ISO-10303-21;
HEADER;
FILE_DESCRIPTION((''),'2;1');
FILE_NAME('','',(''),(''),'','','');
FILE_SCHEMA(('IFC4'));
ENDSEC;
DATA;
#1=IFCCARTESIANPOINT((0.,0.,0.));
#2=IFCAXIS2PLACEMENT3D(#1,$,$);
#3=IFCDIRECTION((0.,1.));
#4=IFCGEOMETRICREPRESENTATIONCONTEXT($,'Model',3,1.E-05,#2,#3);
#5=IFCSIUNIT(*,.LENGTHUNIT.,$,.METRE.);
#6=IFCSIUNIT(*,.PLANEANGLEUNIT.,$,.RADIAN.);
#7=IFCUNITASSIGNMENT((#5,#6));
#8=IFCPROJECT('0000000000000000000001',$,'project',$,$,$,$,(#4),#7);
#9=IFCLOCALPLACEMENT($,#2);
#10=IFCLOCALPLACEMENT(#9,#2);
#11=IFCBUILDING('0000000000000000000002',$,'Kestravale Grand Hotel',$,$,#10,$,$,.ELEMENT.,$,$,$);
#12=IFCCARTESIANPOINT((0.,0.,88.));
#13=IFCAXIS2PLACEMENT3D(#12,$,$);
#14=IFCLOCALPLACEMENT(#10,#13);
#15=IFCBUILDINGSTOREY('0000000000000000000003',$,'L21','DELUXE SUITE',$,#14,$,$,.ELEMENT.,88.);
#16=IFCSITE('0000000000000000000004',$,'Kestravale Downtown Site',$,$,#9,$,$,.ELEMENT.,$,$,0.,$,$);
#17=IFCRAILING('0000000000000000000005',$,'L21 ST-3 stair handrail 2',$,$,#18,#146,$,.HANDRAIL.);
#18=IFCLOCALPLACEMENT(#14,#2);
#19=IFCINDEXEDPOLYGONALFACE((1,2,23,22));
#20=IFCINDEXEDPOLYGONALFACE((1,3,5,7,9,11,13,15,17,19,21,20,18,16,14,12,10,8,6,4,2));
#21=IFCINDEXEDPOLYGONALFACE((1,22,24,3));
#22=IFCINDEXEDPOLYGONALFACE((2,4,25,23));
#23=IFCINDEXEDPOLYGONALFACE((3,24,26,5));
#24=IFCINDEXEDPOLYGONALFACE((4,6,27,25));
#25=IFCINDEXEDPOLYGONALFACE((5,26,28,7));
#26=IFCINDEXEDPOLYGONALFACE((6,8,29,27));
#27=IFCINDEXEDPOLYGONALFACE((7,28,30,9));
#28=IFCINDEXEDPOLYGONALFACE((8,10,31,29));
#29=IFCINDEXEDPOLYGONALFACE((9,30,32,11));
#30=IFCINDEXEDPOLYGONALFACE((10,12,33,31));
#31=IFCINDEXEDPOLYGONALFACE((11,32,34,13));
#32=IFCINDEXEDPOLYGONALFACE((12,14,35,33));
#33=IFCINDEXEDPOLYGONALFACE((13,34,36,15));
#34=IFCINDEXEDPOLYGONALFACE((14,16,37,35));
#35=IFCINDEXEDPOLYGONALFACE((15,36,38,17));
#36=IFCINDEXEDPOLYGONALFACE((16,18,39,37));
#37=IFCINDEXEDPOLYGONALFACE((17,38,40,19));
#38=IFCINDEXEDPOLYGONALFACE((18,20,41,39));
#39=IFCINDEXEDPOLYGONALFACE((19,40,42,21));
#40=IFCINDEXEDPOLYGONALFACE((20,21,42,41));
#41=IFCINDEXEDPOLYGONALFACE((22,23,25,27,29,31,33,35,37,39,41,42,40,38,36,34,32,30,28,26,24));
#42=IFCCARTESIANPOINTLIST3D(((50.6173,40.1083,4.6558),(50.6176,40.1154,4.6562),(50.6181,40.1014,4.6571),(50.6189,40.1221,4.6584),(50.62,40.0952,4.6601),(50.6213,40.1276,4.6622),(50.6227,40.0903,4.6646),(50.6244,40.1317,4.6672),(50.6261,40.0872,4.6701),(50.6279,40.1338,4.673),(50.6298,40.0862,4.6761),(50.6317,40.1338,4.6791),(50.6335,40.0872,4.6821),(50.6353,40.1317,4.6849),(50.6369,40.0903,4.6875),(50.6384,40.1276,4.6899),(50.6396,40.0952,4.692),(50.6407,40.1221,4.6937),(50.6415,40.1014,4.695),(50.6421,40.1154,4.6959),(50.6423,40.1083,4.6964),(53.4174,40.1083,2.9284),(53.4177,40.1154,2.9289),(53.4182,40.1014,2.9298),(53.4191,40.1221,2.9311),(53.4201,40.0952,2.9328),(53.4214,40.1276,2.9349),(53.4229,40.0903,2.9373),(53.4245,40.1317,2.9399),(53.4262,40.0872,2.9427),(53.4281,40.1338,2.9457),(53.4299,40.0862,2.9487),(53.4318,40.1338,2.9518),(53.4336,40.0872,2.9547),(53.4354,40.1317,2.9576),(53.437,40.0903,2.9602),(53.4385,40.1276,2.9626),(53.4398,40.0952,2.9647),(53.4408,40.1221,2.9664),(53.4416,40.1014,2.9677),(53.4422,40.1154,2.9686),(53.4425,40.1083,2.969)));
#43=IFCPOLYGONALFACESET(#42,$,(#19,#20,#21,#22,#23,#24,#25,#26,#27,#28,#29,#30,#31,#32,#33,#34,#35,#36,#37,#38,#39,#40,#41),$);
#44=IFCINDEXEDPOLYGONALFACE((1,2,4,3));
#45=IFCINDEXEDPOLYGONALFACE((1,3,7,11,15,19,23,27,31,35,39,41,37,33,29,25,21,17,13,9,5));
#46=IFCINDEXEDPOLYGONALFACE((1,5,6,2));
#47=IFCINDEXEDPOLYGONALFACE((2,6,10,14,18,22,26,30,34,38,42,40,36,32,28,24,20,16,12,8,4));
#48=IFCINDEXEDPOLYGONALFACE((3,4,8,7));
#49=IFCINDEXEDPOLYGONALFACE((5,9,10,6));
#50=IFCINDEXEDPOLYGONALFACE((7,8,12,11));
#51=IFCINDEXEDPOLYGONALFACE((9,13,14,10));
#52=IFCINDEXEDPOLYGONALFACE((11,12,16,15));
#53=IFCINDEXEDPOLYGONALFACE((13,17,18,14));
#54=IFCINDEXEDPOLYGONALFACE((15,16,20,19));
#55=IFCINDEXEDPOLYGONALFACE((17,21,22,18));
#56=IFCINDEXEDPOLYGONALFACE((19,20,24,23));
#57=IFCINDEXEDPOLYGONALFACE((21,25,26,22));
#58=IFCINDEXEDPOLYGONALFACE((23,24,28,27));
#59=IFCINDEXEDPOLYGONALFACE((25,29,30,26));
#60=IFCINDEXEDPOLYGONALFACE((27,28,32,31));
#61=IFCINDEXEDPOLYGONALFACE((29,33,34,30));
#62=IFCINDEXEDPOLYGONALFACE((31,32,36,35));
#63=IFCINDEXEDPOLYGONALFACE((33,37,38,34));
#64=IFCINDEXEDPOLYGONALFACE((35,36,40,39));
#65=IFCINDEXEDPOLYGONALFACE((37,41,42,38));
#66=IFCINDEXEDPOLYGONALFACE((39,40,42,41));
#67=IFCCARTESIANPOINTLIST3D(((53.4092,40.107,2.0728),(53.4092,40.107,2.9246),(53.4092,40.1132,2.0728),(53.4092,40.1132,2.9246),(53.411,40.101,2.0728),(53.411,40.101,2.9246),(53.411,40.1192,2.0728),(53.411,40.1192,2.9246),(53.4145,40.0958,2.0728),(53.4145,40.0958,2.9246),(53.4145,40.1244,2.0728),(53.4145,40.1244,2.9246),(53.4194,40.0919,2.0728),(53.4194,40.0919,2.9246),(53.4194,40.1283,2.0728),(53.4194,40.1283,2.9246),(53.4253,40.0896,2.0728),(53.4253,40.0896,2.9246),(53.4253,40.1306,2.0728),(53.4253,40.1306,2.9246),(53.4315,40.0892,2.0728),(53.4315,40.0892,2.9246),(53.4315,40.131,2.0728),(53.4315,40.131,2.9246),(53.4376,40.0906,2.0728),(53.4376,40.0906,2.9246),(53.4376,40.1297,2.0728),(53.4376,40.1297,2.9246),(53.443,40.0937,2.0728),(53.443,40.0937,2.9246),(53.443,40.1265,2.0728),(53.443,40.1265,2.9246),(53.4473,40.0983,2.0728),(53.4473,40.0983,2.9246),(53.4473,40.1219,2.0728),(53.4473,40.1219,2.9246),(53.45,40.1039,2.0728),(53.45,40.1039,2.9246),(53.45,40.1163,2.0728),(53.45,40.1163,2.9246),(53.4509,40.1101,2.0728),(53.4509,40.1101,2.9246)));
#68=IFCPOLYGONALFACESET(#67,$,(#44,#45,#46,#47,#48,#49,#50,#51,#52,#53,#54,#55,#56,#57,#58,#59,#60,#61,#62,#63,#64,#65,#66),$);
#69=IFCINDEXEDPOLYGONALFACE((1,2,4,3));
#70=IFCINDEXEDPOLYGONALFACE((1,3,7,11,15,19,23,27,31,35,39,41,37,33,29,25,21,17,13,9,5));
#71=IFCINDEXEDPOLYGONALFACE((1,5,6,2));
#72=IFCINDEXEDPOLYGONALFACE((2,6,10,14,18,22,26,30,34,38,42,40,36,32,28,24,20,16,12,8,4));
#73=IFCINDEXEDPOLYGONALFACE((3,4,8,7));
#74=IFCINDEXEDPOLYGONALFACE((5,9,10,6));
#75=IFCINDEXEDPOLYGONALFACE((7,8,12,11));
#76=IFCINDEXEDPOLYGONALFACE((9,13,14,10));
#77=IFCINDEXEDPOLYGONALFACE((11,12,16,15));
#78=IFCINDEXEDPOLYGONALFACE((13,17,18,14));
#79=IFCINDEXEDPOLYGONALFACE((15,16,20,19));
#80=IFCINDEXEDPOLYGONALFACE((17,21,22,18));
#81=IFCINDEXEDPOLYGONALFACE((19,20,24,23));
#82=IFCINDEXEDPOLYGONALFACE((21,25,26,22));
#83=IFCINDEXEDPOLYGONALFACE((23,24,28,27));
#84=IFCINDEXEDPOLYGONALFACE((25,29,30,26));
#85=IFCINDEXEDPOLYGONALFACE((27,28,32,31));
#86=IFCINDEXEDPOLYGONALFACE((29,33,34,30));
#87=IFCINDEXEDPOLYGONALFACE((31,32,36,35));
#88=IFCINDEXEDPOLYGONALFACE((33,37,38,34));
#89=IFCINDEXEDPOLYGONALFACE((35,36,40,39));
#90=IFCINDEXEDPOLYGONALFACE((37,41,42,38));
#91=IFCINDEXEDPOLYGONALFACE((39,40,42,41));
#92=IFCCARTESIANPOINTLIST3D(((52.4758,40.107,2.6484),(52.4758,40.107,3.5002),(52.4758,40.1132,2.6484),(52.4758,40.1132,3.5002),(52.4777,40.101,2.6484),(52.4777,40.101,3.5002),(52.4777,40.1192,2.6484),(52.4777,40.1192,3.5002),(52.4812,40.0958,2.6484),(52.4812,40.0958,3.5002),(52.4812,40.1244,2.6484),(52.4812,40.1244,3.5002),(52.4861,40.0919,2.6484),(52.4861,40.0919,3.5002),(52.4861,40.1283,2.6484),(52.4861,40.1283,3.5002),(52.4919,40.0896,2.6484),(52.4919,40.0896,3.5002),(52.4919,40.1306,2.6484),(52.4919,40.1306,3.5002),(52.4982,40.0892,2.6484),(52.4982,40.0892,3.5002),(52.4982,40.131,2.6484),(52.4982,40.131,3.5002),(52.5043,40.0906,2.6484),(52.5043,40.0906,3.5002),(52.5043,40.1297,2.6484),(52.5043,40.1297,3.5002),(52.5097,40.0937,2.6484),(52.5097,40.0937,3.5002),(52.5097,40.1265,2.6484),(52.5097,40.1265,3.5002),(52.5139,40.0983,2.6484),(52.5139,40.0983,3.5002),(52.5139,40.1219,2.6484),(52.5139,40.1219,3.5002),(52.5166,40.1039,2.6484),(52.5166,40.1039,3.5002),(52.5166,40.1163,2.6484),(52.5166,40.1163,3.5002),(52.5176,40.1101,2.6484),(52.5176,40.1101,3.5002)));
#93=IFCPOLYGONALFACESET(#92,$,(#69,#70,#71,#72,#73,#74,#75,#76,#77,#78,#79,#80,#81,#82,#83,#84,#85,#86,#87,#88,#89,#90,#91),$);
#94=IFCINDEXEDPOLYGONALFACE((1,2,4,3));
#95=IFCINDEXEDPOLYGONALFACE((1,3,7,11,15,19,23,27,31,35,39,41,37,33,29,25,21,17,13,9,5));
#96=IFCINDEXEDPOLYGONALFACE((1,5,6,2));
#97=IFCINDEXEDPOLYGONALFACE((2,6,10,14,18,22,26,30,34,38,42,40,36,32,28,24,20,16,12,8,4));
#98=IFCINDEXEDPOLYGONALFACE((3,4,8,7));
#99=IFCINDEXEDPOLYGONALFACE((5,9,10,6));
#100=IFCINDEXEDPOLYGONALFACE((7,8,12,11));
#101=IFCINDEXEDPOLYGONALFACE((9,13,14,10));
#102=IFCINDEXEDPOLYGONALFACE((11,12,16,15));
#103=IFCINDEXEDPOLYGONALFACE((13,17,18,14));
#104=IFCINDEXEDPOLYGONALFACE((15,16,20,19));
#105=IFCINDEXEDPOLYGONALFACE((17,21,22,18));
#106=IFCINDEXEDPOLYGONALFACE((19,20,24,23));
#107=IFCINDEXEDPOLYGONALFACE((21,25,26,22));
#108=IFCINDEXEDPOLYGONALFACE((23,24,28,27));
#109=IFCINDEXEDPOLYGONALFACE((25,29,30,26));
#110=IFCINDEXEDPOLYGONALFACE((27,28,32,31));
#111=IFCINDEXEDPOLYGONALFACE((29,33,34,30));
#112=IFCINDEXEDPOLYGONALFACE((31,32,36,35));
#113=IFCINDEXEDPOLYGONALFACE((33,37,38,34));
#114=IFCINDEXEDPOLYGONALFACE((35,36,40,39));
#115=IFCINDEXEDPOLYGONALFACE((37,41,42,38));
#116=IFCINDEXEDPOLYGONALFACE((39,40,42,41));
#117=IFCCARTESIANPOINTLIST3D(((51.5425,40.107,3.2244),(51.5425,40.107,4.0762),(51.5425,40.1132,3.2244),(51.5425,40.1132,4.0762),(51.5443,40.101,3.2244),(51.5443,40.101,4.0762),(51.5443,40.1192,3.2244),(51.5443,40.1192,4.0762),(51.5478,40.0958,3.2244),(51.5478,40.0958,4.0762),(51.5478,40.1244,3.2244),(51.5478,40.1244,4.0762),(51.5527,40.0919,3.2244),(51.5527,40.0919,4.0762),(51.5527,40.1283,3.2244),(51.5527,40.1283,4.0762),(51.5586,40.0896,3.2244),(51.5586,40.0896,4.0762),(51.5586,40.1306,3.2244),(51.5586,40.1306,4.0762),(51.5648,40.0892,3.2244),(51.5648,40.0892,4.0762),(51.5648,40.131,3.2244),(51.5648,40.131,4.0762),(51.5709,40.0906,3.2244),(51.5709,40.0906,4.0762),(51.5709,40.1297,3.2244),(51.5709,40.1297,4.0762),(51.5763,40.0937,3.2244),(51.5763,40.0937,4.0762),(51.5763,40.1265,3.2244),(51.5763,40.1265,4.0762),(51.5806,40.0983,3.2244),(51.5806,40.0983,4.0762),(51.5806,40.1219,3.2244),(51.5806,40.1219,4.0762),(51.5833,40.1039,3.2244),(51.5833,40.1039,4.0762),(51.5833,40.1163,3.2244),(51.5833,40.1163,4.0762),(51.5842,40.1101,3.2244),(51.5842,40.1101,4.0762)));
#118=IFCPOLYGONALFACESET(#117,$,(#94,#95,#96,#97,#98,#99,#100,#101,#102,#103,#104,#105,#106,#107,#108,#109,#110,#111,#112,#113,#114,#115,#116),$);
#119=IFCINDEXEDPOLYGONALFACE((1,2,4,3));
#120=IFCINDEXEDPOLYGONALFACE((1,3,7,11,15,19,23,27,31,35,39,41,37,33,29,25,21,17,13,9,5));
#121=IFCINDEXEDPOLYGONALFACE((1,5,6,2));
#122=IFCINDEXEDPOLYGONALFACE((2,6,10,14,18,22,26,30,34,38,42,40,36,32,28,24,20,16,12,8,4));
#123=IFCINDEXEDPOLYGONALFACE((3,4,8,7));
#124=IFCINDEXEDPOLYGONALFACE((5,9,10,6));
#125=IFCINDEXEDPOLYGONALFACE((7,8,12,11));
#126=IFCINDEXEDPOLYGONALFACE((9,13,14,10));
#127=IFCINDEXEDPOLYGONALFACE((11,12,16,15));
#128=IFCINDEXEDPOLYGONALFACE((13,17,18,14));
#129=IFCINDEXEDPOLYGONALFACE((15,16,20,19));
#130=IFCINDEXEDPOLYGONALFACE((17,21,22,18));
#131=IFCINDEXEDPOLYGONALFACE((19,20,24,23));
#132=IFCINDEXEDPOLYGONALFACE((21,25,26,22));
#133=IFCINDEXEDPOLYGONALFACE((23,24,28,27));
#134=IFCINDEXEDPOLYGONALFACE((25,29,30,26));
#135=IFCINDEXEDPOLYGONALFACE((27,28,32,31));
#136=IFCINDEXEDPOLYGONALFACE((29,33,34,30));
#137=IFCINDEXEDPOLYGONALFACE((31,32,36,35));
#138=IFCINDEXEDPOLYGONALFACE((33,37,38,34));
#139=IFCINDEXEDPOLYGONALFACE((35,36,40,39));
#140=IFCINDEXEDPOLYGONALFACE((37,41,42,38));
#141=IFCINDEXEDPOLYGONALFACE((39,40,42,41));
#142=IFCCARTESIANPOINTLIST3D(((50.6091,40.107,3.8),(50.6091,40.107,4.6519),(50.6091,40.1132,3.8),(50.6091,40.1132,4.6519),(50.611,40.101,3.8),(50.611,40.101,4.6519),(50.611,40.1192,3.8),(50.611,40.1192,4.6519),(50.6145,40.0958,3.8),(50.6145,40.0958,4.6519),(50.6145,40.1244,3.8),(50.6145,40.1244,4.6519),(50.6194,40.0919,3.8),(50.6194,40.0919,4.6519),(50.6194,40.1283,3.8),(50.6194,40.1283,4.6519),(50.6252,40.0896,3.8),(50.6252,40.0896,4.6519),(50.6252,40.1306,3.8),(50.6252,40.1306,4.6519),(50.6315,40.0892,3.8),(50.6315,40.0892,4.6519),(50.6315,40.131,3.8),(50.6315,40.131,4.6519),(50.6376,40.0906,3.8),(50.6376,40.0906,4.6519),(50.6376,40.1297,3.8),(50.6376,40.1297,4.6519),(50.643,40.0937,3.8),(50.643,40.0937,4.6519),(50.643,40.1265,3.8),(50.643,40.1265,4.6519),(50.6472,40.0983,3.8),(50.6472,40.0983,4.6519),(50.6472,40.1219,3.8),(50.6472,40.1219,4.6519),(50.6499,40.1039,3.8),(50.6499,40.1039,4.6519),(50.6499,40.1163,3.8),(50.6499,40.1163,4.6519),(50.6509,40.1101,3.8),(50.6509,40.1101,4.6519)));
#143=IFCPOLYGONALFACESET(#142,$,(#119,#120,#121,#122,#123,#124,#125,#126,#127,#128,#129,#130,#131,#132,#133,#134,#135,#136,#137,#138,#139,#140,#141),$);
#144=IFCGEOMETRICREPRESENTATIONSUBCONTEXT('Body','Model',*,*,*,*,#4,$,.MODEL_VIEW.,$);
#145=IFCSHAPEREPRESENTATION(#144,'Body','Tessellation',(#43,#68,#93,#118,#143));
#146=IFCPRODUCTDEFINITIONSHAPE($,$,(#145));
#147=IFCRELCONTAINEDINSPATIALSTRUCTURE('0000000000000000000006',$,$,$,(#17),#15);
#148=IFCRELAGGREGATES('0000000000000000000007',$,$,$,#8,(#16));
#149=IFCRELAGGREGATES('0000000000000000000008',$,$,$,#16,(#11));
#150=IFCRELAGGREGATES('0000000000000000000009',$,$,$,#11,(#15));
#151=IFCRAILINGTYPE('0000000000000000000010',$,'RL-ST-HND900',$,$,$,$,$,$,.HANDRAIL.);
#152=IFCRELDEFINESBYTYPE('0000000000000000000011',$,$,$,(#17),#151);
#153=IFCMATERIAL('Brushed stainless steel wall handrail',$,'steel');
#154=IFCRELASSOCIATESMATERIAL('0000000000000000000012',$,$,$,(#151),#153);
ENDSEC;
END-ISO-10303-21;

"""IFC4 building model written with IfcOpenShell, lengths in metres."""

from ifc_helpers import new_model, si_unit, direction, frame, origin, origin_2d, place, context, subcontext, project, spatial, circle, extrude, material, type_object, element, save


model = new_model("IFC4")

# Units and contexts
model_context = context("Model", 3, precision=1e-05, world=origin(), true_north=direction((0.0, 1.0)))
body_context = subcontext(model_context, "Body", "Model", "MODEL_VIEW")
ifc_project = project(units=[si_unit("LENGTHUNIT", "METRE"), si_unit("PLANEANGLEUNIT", "RADIAN")], contexts=[model_context])

# Site, building, storey
site_placement = place(None, origin())
site = spatial("IfcSite", under=ifc_project, at=site_placement, Name="Kestravale Downtown Site", CompositionType="ELEMENT", RefElevation=0.0)
building_placement = place(site_placement, origin())
building = spatial("IfcBuilding", under=site, at=building_placement, Name="Kestravale Grand Hotel", CompositionType="ELEMENT")
storey_placement = place(building_placement, frame((0.0, 0.0, 88.0)))
storey = spatial("IfcBuildingStorey", under=building, at=storey_placement, Name="L21", Description="DELUXE SUITE", CompositionType="ELEMENT", Elevation=88.0)

# Railing
ifc_material_1 = material(Name="Brushed stainless steel wall handrail", Category="steel")
railing_type_1 = type_object("IfcRailingType", Name="RL-ST-HND900", PredefinedType="HANDRAIL", material=ifc_material_1)
railing_1_placement = place(storey_placement, frame((53.4299, 40.1101, 2.0728)))
element("IfcRailing", 1, at=railing_1_placement, inside=storey, type_object=railing_type_1, Name="L21 ST-3 stair handrail 2", PredefinedType="HANDRAIL", context=body_context, shape_type="SweptSolid", body=[
    extrude(circle(Radius=0.0239, at=origin_2d()), frame((0.0, 0.0, 0.876), z_axis=(-0.85109, 0.0, 0.52502), x_axis=(0.0, -1.0, 0.0)), (0.0, 0.0, 1.0), 3.29),
    extrude(circle(Radius=0.021, at=origin_2d()), origin(), (0.0, 0.0, 1.0), 0.8518),
    extrude(circle(Radius=0.021, at=origin_2d()), frame((-0.9333, 0.0, 0.5757)), (0.0, 0.0, 1.0), 0.8518),
    extrude(circle(Radius=0.021, at=origin_2d()), frame((-1.8667, 0.0, 1.1516)), (0.0, 0.0, 1.0), 0.8518),
    extrude(circle(Radius=0.021, at=origin_2d()), frame((-2.8, 0.0, 1.7273)), (0.0, 0.0, 1.0), 0.8518),
])

save(model, "model.ifc")
